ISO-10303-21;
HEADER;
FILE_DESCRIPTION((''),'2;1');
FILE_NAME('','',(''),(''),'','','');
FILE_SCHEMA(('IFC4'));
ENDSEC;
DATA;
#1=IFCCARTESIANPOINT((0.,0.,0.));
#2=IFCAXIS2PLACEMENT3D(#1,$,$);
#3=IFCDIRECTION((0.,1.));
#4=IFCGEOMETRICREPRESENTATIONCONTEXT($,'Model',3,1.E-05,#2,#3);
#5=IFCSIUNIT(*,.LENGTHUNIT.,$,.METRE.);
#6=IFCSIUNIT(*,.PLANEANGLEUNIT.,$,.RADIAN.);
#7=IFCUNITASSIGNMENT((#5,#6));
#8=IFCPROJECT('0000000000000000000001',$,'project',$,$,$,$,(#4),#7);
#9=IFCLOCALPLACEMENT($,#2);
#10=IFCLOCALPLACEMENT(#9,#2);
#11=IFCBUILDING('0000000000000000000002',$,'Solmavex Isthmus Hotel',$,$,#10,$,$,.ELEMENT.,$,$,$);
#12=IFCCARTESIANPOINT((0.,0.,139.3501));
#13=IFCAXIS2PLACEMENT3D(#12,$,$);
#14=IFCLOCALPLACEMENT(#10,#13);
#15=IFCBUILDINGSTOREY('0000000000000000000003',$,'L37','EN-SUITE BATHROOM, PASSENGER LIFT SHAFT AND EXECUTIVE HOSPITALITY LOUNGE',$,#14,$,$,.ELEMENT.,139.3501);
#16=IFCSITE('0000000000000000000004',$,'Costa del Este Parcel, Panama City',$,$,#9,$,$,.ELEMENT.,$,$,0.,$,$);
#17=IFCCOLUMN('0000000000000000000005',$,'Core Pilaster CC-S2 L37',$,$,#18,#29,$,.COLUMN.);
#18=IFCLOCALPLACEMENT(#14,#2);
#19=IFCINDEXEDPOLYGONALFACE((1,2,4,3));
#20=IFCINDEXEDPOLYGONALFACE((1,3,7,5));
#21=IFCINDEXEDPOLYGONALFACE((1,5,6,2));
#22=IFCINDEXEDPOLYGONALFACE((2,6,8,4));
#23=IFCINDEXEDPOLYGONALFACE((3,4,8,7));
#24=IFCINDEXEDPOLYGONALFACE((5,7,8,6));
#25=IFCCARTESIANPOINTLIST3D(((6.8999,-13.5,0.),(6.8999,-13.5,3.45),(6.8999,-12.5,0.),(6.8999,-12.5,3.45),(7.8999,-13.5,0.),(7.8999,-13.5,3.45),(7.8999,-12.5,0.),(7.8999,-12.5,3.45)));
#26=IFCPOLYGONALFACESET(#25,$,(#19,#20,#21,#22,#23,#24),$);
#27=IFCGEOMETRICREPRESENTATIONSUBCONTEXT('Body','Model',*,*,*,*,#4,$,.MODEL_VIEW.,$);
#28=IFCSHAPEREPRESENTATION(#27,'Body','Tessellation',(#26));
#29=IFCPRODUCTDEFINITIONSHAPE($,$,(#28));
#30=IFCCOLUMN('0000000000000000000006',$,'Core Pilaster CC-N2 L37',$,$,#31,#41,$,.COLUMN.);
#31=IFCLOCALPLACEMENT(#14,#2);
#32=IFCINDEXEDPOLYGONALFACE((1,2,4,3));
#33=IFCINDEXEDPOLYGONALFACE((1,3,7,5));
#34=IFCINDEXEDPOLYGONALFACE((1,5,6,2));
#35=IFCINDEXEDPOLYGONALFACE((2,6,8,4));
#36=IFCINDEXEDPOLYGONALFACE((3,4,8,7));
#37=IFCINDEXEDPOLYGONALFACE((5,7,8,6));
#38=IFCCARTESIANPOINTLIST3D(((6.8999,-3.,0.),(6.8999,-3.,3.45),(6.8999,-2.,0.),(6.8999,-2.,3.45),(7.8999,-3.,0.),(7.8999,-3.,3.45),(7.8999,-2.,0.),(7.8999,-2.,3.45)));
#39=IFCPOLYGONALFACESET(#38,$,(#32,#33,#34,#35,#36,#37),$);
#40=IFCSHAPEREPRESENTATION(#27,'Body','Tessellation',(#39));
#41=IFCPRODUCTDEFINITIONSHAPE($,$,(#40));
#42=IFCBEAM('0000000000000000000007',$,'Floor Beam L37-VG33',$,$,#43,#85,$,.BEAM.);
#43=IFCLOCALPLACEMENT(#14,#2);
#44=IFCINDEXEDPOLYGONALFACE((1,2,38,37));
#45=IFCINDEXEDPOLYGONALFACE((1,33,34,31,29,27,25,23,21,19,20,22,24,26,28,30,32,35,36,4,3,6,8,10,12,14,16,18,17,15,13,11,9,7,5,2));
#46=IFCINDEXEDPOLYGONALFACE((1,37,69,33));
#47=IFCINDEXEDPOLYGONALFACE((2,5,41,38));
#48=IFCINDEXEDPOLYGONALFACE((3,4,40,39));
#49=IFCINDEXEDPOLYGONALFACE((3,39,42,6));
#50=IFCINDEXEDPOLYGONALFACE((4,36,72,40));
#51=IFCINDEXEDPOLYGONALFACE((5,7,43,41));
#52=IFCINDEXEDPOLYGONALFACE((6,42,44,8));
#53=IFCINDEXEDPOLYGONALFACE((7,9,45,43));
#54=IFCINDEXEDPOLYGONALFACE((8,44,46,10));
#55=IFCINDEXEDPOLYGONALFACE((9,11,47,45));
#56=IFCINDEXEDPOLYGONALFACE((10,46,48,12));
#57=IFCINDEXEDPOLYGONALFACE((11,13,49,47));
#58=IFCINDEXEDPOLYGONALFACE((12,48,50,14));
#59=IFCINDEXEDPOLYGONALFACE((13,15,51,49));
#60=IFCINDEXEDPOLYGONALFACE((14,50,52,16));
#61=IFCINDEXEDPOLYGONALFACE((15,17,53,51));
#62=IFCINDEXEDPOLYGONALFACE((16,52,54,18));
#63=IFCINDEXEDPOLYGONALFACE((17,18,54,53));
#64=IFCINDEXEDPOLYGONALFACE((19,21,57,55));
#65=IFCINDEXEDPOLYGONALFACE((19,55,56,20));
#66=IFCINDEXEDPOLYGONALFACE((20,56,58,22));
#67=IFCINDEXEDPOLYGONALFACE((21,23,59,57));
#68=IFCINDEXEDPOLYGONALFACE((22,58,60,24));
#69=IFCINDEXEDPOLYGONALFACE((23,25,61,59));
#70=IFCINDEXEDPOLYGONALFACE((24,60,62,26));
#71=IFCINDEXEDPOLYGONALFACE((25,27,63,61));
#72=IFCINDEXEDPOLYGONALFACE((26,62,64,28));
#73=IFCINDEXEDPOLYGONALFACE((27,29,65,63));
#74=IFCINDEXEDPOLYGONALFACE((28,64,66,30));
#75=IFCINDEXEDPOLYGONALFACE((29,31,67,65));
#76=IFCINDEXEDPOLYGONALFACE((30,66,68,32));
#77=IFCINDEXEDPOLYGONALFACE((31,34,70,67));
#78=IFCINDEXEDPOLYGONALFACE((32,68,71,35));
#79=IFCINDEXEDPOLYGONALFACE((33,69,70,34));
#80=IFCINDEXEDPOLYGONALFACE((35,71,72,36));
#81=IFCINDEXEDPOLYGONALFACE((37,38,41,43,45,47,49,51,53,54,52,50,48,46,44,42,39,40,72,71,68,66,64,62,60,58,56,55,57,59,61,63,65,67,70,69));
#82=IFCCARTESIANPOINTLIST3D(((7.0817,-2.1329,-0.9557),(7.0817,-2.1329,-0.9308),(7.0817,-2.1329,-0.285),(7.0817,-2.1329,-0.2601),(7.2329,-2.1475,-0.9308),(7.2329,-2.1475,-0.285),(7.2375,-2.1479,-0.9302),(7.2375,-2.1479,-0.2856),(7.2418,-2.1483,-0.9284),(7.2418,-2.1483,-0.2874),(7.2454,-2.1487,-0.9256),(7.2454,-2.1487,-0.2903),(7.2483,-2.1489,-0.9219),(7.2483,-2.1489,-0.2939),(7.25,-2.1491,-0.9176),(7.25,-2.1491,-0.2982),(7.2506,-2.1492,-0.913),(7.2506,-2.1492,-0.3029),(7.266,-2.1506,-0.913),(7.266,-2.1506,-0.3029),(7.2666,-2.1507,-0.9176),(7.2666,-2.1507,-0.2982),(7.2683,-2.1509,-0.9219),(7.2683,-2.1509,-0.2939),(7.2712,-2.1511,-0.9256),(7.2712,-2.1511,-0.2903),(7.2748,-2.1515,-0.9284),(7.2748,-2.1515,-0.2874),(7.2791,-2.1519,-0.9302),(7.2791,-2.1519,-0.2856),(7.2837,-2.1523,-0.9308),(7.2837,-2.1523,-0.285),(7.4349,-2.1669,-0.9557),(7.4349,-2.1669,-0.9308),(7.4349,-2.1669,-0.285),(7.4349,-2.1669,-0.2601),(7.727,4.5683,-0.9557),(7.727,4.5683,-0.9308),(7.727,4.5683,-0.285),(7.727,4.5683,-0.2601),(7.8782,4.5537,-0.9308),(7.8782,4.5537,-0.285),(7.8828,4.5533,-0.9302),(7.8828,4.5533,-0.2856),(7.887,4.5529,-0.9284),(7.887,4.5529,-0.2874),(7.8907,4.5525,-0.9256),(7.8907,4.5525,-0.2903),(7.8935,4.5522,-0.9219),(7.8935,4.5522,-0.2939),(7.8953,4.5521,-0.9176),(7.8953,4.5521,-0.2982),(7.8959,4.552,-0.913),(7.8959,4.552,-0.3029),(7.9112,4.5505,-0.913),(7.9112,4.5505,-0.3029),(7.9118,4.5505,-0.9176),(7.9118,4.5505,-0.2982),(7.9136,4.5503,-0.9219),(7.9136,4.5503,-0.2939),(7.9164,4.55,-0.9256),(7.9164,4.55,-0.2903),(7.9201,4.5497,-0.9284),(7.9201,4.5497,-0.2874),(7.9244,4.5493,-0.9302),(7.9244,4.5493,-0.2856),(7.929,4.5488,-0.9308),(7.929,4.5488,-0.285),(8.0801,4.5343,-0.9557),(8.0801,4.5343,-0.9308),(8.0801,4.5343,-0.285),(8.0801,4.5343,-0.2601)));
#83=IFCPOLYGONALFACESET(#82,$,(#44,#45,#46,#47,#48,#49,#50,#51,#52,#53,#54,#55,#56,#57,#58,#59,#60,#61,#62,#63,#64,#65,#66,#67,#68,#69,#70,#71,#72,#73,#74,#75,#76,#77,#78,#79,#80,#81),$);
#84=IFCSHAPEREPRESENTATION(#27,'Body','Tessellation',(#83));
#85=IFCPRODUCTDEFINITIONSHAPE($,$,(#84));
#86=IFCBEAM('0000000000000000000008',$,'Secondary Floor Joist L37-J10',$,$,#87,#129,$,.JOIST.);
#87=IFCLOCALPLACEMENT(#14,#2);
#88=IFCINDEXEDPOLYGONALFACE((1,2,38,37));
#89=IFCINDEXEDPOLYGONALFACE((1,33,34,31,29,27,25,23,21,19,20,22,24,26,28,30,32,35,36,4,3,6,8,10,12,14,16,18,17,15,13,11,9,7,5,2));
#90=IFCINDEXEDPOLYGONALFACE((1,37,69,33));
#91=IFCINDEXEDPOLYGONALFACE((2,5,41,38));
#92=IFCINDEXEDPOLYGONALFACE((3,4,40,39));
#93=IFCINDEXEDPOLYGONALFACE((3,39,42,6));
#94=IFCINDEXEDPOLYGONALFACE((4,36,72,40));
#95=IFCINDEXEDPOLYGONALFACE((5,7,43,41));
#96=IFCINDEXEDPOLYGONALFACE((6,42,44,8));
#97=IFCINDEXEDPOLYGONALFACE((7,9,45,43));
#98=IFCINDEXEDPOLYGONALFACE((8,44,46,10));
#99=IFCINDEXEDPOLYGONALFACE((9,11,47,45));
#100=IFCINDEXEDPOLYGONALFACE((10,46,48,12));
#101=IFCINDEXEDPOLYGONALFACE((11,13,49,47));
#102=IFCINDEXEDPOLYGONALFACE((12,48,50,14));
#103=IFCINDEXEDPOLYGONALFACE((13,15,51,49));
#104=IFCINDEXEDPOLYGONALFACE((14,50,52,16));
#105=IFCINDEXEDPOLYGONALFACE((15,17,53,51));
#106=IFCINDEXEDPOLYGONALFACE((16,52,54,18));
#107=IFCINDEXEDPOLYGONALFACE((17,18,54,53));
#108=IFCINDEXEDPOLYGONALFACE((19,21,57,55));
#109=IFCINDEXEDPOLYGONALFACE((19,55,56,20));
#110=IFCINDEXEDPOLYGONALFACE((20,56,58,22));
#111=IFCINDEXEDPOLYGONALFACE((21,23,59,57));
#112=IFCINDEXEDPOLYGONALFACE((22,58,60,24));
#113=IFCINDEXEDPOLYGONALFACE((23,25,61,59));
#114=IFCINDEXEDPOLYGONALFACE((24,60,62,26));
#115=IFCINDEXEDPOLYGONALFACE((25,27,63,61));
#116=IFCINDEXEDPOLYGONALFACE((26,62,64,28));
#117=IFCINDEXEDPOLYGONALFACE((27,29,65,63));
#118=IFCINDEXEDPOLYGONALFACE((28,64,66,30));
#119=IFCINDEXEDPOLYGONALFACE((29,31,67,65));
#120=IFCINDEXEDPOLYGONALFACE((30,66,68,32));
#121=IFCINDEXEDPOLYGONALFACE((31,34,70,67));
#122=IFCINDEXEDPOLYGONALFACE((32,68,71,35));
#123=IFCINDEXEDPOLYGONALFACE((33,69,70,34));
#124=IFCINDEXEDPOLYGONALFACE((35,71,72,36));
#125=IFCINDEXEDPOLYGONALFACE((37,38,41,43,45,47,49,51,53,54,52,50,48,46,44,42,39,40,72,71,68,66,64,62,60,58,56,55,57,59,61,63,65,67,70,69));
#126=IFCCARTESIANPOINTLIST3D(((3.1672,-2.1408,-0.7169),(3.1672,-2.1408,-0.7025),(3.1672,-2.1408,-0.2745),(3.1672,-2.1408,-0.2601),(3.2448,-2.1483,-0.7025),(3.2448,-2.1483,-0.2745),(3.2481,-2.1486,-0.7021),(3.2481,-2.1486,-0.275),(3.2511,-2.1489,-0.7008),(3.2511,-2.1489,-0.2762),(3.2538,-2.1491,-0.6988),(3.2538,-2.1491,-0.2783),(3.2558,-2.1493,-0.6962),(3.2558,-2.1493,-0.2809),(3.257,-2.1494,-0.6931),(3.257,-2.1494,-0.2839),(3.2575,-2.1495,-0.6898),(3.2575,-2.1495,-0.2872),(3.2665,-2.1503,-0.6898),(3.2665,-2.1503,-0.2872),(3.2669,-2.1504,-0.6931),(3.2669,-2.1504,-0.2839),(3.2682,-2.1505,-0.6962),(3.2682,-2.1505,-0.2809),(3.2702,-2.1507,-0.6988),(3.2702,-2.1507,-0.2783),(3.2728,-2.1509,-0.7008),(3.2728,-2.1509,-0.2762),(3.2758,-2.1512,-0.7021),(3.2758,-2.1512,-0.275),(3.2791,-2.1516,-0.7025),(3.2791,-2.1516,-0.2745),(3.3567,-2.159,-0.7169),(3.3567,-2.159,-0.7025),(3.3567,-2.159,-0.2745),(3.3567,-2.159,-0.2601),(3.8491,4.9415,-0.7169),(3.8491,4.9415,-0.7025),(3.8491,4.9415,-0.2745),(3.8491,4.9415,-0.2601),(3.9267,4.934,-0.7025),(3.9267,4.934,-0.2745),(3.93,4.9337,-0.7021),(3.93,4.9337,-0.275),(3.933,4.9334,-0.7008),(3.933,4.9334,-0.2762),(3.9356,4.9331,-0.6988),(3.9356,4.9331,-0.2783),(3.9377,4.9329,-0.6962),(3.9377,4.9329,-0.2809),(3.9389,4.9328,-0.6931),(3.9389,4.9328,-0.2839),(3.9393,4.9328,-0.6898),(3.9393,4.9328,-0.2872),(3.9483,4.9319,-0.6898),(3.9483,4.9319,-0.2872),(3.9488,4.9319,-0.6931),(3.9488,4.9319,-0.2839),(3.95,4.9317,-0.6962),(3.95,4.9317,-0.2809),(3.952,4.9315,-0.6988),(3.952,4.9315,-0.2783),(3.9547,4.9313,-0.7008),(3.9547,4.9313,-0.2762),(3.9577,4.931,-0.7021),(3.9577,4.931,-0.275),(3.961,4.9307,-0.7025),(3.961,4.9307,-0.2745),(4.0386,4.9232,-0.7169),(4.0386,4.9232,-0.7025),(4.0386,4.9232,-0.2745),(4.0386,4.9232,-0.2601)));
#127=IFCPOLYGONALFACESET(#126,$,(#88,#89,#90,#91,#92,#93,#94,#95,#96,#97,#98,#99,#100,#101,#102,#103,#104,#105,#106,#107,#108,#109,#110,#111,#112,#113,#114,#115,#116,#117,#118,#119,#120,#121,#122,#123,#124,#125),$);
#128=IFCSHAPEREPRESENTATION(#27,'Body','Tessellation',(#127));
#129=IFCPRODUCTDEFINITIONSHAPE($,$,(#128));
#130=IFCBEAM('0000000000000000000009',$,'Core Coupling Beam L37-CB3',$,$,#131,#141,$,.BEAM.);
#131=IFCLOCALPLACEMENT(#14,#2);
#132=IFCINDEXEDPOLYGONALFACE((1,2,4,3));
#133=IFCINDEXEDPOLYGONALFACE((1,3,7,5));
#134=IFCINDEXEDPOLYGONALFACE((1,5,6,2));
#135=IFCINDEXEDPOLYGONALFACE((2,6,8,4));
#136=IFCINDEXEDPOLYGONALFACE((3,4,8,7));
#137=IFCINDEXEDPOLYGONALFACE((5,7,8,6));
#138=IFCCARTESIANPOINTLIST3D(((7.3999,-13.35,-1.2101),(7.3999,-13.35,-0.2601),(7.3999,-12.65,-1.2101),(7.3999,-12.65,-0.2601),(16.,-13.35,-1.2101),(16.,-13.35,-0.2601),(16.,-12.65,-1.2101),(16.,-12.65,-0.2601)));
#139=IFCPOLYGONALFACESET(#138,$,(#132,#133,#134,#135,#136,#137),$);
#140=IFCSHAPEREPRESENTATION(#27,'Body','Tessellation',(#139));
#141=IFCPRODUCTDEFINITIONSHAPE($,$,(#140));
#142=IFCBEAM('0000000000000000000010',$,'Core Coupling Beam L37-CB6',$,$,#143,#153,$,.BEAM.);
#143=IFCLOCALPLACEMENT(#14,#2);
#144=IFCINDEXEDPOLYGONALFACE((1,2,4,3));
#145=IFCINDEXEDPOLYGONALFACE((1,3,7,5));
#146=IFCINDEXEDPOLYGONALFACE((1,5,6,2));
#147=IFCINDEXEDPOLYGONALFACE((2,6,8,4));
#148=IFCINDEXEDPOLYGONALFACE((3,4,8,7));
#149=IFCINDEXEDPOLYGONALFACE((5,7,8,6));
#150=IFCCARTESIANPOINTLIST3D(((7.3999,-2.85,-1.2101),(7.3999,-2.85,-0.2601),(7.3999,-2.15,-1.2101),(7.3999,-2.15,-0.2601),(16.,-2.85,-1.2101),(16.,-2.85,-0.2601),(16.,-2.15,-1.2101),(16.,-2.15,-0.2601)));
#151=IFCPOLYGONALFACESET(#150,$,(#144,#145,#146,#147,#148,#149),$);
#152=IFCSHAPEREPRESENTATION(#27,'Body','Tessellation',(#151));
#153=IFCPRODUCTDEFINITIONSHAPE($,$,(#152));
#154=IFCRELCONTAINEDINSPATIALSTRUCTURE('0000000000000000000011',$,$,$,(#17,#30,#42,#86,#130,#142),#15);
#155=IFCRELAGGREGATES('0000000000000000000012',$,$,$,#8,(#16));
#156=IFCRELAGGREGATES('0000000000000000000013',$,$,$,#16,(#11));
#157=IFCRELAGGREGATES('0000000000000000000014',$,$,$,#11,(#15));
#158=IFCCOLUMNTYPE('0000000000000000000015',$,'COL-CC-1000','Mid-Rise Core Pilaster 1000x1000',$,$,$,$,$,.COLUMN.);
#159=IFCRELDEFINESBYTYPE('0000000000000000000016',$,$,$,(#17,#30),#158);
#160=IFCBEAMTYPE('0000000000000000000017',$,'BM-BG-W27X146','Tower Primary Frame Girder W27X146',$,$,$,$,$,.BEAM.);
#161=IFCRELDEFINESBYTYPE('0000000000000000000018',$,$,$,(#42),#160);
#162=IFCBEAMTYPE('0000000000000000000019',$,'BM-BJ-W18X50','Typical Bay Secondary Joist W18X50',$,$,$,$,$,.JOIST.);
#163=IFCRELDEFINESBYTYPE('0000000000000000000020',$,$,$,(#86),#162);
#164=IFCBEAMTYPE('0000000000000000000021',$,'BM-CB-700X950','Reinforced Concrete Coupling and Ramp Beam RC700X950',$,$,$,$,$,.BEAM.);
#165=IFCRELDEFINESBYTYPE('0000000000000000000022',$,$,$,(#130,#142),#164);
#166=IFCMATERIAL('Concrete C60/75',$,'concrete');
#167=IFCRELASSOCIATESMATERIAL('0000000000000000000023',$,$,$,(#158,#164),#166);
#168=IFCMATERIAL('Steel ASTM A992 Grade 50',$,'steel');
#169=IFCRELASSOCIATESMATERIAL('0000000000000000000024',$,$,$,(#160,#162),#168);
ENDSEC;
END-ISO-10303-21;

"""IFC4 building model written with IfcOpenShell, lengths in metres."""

from ifc_helpers import new_model, si_unit, direction, frame, origin, origin_2d, place, context, subcontext, project, spatial, rectangle, i_section, extrude, material, material_profile, profile_set, type_object, element, save


model = new_model("IFC4")

# Units and contexts
model_context = context("Model", 3, precision=1e-05, world=origin(), true_north=direction((0.0, 1.0)))
body_context = subcontext(model_context, "Body", "Model", "MODEL_VIEW")
ifc_project = project(units=[si_unit("LENGTHUNIT", "METRE"), si_unit("PLANEANGLEUNIT", "RADIAN")], contexts=[model_context])

# Site, building, storey
site_placement = place(None, origin())
site = spatial("IfcSite", under=ifc_project, at=site_placement, Name="Costa del Este Parcel, Panama City", CompositionType="ELEMENT", RefElevation=0.0)
building_placement = place(site_placement, origin())
building = spatial("IfcBuilding", under=site, at=building_placement, Name="Solmavex Isthmus Hotel", CompositionType="ELEMENT")
storey_placement = place(building_placement, frame((0.0, 0.0, 139.3501)))
storey = spatial("IfcBuildingStorey", under=building, at=storey_placement, Name="L37", Description="EN-SUITE BATHROOM, PASSENGER LIFT SHAFT AND EXECUTIVE HOSPITALITY LOUNGE", CompositionType="ELEMENT", Elevation=139.3501)

# Columns
ifc_material_1 = material(Name="Concrete C60/75", Category="concrete")
ifc_material_profile_1 = material_profile(ifc_material_1, rectangle(XDim=1.0, YDim=1.0, at=origin_2d()), Name="RC1000X1000")
ifc_profile_set_1 = profile_set([ifc_material_profile_1], Name="Concrete C60/75")
column_type = type_object("IfcColumnType", Name="COL-CC-1000", Description="Mid-Rise Core Pilaster 1000x1000", PredefinedType="COLUMN", material=ifc_profile_set_1)
for number, where, z_axis, x_axis, name in (
    (1, (7.3999, -13.0, 0.0), (0.0, 0.0, 1.0), (1.0, 0.0, 0.0), "Core Pilaster CC-S2 L37"),
    (2, (7.3999, -2.5, 0.0), (0.0, 0.0, 1.0), (1.0, 0.0, 0.0), "Core Pilaster CC-N2 L37"),
):
    element("IfcColumn", number, at=place(storey_placement, frame(where, z_axis=z_axis, x_axis=x_axis)), inside=storey, type_object=column_type, Name=name, PredefinedType="COLUMN", context=body_context, shape_type="SweptSolid", body=[
        extrude(rectangle(XDim=1.0, YDim=1.0, at=origin_2d()), origin(), (0.0, 0.0, 1.0), 3.45),
    ])

# Beams
ifc_material_2 = material(Name="Steel ASTM A992 Grade 50", Category="steel")
ifc_material_profile_2 = material_profile(ifc_material_2, i_section(OverallWidth=0.3547, OverallDepth=0.6956, WebThickness=0.0154, FlangeThickness=0.0249, FilletRadius=0.0178, at=origin_2d()), Name="W27X146")
ifc_profile_set_2 = profile_set([ifc_material_profile_2], Name="Steel ASTM A992 Grade 50")
beam_type_1 = type_object("IfcBeamType", Name="BM-BG-W27X146", Description="Tower Primary Frame Girder W27X146", PredefinedType="BEAM", material=ifc_profile_set_2)
beam_1_placement = place(storey_placement, frame((7.2583, -2.1499, -0.6079), z_axis=(0.095848, 0.995396, 0.0), x_axis=(-0.995396, 0.095848, 0.0)))
element("IfcBeam", 3, at=beam_1_placement, inside=storey, type_object=beam_type_1, Name="Floor Beam L37-VG33", PredefinedType="BEAM", context=body_context, shape_type="SweptSolid", body=[
    extrude(i_section(OverallWidth=0.3547, OverallDepth=0.6956, WebThickness=0.0154, FlangeThickness=0.0249, FilletRadius=0.0178, at=origin_2d()), origin(), (0.0, 0.0, 1.0), 6.7322),
])
ifc_material_profile_3 = material_profile(ifc_material_2, i_section(OverallWidth=0.1904, OverallDepth=0.4568, WebThickness=0.009, FlangeThickness=0.0144, FilletRadius=0.0127, at=origin_2d()), Name="W18X50")
ifc_profile_set_3 = profile_set([ifc_material_profile_3], Name="Steel ASTM A992 Grade 50")
beam_type_2 = type_object("IfcBeamType", Name="BM-BJ-W18X50", Description="Typical Bay Secondary Joist W18X50", PredefinedType="JOIST", material=ifc_profile_set_3)
beam_2_placement = place(storey_placement, frame((3.262, -2.1499, -0.4885), z_axis=(0.095837, 0.995397, 0.0), x_axis=(-0.995397, 0.095837, 0.0)))
element("IfcBeam", 4, at=beam_2_placement, inside=storey, type_object=beam_type_2, Name="Secondary Floor Joist L37-J10", PredefinedType="JOIST", context=body_context, shape_type="SweptSolid", body=[
    extrude(i_section(OverallWidth=0.1904, OverallDepth=0.4568, WebThickness=0.009, FlangeThickness=0.0144, FilletRadius=0.0127, at=origin_2d()), origin(), (0.0, 0.0, 1.0), 7.115),
])
ifc_material_profile_4 = material_profile(ifc_material_1, rectangle(XDim=0.7, YDim=0.95, at=origin_2d()), Name="RC700X950")
ifc_profile_set_4 = profile_set([ifc_material_profile_4], Name="Concrete C60/75")
beam_type_3 = type_object("IfcBeamType", Name="BM-CB-700X950", Description="Reinforced Concrete Coupling and Ramp Beam RC700X950", PredefinedType="BEAM", material=ifc_profile_set_4)
for number, where, z_axis, x_axis, name in (
    (5, (7.3999, -13.0, -0.7351), (1.0, 0.0, 0.0), (0.0, 1.0, 0.0), "Core Coupling Beam L37-CB3"),
    (6, (7.3999, -2.5, -0.7351), (1.0, 0.0, 0.0), (0.0, 1.0, 0.0), "Core Coupling Beam L37-CB6"),
):
    element("IfcBeam", number, at=place(storey_placement, frame(where, z_axis=z_axis, x_axis=x_axis)), inside=storey, type_object=beam_type_3, Name=name, PredefinedType="BEAM", context=body_context, shape_type="SweptSolid", body=[
        extrude(rectangle(XDim=0.7, YDim=0.95, at=origin_2d()), origin(), (0.0, 0.0, 1.0), 8.6001),
    ])

save(model, "model.ifc")
